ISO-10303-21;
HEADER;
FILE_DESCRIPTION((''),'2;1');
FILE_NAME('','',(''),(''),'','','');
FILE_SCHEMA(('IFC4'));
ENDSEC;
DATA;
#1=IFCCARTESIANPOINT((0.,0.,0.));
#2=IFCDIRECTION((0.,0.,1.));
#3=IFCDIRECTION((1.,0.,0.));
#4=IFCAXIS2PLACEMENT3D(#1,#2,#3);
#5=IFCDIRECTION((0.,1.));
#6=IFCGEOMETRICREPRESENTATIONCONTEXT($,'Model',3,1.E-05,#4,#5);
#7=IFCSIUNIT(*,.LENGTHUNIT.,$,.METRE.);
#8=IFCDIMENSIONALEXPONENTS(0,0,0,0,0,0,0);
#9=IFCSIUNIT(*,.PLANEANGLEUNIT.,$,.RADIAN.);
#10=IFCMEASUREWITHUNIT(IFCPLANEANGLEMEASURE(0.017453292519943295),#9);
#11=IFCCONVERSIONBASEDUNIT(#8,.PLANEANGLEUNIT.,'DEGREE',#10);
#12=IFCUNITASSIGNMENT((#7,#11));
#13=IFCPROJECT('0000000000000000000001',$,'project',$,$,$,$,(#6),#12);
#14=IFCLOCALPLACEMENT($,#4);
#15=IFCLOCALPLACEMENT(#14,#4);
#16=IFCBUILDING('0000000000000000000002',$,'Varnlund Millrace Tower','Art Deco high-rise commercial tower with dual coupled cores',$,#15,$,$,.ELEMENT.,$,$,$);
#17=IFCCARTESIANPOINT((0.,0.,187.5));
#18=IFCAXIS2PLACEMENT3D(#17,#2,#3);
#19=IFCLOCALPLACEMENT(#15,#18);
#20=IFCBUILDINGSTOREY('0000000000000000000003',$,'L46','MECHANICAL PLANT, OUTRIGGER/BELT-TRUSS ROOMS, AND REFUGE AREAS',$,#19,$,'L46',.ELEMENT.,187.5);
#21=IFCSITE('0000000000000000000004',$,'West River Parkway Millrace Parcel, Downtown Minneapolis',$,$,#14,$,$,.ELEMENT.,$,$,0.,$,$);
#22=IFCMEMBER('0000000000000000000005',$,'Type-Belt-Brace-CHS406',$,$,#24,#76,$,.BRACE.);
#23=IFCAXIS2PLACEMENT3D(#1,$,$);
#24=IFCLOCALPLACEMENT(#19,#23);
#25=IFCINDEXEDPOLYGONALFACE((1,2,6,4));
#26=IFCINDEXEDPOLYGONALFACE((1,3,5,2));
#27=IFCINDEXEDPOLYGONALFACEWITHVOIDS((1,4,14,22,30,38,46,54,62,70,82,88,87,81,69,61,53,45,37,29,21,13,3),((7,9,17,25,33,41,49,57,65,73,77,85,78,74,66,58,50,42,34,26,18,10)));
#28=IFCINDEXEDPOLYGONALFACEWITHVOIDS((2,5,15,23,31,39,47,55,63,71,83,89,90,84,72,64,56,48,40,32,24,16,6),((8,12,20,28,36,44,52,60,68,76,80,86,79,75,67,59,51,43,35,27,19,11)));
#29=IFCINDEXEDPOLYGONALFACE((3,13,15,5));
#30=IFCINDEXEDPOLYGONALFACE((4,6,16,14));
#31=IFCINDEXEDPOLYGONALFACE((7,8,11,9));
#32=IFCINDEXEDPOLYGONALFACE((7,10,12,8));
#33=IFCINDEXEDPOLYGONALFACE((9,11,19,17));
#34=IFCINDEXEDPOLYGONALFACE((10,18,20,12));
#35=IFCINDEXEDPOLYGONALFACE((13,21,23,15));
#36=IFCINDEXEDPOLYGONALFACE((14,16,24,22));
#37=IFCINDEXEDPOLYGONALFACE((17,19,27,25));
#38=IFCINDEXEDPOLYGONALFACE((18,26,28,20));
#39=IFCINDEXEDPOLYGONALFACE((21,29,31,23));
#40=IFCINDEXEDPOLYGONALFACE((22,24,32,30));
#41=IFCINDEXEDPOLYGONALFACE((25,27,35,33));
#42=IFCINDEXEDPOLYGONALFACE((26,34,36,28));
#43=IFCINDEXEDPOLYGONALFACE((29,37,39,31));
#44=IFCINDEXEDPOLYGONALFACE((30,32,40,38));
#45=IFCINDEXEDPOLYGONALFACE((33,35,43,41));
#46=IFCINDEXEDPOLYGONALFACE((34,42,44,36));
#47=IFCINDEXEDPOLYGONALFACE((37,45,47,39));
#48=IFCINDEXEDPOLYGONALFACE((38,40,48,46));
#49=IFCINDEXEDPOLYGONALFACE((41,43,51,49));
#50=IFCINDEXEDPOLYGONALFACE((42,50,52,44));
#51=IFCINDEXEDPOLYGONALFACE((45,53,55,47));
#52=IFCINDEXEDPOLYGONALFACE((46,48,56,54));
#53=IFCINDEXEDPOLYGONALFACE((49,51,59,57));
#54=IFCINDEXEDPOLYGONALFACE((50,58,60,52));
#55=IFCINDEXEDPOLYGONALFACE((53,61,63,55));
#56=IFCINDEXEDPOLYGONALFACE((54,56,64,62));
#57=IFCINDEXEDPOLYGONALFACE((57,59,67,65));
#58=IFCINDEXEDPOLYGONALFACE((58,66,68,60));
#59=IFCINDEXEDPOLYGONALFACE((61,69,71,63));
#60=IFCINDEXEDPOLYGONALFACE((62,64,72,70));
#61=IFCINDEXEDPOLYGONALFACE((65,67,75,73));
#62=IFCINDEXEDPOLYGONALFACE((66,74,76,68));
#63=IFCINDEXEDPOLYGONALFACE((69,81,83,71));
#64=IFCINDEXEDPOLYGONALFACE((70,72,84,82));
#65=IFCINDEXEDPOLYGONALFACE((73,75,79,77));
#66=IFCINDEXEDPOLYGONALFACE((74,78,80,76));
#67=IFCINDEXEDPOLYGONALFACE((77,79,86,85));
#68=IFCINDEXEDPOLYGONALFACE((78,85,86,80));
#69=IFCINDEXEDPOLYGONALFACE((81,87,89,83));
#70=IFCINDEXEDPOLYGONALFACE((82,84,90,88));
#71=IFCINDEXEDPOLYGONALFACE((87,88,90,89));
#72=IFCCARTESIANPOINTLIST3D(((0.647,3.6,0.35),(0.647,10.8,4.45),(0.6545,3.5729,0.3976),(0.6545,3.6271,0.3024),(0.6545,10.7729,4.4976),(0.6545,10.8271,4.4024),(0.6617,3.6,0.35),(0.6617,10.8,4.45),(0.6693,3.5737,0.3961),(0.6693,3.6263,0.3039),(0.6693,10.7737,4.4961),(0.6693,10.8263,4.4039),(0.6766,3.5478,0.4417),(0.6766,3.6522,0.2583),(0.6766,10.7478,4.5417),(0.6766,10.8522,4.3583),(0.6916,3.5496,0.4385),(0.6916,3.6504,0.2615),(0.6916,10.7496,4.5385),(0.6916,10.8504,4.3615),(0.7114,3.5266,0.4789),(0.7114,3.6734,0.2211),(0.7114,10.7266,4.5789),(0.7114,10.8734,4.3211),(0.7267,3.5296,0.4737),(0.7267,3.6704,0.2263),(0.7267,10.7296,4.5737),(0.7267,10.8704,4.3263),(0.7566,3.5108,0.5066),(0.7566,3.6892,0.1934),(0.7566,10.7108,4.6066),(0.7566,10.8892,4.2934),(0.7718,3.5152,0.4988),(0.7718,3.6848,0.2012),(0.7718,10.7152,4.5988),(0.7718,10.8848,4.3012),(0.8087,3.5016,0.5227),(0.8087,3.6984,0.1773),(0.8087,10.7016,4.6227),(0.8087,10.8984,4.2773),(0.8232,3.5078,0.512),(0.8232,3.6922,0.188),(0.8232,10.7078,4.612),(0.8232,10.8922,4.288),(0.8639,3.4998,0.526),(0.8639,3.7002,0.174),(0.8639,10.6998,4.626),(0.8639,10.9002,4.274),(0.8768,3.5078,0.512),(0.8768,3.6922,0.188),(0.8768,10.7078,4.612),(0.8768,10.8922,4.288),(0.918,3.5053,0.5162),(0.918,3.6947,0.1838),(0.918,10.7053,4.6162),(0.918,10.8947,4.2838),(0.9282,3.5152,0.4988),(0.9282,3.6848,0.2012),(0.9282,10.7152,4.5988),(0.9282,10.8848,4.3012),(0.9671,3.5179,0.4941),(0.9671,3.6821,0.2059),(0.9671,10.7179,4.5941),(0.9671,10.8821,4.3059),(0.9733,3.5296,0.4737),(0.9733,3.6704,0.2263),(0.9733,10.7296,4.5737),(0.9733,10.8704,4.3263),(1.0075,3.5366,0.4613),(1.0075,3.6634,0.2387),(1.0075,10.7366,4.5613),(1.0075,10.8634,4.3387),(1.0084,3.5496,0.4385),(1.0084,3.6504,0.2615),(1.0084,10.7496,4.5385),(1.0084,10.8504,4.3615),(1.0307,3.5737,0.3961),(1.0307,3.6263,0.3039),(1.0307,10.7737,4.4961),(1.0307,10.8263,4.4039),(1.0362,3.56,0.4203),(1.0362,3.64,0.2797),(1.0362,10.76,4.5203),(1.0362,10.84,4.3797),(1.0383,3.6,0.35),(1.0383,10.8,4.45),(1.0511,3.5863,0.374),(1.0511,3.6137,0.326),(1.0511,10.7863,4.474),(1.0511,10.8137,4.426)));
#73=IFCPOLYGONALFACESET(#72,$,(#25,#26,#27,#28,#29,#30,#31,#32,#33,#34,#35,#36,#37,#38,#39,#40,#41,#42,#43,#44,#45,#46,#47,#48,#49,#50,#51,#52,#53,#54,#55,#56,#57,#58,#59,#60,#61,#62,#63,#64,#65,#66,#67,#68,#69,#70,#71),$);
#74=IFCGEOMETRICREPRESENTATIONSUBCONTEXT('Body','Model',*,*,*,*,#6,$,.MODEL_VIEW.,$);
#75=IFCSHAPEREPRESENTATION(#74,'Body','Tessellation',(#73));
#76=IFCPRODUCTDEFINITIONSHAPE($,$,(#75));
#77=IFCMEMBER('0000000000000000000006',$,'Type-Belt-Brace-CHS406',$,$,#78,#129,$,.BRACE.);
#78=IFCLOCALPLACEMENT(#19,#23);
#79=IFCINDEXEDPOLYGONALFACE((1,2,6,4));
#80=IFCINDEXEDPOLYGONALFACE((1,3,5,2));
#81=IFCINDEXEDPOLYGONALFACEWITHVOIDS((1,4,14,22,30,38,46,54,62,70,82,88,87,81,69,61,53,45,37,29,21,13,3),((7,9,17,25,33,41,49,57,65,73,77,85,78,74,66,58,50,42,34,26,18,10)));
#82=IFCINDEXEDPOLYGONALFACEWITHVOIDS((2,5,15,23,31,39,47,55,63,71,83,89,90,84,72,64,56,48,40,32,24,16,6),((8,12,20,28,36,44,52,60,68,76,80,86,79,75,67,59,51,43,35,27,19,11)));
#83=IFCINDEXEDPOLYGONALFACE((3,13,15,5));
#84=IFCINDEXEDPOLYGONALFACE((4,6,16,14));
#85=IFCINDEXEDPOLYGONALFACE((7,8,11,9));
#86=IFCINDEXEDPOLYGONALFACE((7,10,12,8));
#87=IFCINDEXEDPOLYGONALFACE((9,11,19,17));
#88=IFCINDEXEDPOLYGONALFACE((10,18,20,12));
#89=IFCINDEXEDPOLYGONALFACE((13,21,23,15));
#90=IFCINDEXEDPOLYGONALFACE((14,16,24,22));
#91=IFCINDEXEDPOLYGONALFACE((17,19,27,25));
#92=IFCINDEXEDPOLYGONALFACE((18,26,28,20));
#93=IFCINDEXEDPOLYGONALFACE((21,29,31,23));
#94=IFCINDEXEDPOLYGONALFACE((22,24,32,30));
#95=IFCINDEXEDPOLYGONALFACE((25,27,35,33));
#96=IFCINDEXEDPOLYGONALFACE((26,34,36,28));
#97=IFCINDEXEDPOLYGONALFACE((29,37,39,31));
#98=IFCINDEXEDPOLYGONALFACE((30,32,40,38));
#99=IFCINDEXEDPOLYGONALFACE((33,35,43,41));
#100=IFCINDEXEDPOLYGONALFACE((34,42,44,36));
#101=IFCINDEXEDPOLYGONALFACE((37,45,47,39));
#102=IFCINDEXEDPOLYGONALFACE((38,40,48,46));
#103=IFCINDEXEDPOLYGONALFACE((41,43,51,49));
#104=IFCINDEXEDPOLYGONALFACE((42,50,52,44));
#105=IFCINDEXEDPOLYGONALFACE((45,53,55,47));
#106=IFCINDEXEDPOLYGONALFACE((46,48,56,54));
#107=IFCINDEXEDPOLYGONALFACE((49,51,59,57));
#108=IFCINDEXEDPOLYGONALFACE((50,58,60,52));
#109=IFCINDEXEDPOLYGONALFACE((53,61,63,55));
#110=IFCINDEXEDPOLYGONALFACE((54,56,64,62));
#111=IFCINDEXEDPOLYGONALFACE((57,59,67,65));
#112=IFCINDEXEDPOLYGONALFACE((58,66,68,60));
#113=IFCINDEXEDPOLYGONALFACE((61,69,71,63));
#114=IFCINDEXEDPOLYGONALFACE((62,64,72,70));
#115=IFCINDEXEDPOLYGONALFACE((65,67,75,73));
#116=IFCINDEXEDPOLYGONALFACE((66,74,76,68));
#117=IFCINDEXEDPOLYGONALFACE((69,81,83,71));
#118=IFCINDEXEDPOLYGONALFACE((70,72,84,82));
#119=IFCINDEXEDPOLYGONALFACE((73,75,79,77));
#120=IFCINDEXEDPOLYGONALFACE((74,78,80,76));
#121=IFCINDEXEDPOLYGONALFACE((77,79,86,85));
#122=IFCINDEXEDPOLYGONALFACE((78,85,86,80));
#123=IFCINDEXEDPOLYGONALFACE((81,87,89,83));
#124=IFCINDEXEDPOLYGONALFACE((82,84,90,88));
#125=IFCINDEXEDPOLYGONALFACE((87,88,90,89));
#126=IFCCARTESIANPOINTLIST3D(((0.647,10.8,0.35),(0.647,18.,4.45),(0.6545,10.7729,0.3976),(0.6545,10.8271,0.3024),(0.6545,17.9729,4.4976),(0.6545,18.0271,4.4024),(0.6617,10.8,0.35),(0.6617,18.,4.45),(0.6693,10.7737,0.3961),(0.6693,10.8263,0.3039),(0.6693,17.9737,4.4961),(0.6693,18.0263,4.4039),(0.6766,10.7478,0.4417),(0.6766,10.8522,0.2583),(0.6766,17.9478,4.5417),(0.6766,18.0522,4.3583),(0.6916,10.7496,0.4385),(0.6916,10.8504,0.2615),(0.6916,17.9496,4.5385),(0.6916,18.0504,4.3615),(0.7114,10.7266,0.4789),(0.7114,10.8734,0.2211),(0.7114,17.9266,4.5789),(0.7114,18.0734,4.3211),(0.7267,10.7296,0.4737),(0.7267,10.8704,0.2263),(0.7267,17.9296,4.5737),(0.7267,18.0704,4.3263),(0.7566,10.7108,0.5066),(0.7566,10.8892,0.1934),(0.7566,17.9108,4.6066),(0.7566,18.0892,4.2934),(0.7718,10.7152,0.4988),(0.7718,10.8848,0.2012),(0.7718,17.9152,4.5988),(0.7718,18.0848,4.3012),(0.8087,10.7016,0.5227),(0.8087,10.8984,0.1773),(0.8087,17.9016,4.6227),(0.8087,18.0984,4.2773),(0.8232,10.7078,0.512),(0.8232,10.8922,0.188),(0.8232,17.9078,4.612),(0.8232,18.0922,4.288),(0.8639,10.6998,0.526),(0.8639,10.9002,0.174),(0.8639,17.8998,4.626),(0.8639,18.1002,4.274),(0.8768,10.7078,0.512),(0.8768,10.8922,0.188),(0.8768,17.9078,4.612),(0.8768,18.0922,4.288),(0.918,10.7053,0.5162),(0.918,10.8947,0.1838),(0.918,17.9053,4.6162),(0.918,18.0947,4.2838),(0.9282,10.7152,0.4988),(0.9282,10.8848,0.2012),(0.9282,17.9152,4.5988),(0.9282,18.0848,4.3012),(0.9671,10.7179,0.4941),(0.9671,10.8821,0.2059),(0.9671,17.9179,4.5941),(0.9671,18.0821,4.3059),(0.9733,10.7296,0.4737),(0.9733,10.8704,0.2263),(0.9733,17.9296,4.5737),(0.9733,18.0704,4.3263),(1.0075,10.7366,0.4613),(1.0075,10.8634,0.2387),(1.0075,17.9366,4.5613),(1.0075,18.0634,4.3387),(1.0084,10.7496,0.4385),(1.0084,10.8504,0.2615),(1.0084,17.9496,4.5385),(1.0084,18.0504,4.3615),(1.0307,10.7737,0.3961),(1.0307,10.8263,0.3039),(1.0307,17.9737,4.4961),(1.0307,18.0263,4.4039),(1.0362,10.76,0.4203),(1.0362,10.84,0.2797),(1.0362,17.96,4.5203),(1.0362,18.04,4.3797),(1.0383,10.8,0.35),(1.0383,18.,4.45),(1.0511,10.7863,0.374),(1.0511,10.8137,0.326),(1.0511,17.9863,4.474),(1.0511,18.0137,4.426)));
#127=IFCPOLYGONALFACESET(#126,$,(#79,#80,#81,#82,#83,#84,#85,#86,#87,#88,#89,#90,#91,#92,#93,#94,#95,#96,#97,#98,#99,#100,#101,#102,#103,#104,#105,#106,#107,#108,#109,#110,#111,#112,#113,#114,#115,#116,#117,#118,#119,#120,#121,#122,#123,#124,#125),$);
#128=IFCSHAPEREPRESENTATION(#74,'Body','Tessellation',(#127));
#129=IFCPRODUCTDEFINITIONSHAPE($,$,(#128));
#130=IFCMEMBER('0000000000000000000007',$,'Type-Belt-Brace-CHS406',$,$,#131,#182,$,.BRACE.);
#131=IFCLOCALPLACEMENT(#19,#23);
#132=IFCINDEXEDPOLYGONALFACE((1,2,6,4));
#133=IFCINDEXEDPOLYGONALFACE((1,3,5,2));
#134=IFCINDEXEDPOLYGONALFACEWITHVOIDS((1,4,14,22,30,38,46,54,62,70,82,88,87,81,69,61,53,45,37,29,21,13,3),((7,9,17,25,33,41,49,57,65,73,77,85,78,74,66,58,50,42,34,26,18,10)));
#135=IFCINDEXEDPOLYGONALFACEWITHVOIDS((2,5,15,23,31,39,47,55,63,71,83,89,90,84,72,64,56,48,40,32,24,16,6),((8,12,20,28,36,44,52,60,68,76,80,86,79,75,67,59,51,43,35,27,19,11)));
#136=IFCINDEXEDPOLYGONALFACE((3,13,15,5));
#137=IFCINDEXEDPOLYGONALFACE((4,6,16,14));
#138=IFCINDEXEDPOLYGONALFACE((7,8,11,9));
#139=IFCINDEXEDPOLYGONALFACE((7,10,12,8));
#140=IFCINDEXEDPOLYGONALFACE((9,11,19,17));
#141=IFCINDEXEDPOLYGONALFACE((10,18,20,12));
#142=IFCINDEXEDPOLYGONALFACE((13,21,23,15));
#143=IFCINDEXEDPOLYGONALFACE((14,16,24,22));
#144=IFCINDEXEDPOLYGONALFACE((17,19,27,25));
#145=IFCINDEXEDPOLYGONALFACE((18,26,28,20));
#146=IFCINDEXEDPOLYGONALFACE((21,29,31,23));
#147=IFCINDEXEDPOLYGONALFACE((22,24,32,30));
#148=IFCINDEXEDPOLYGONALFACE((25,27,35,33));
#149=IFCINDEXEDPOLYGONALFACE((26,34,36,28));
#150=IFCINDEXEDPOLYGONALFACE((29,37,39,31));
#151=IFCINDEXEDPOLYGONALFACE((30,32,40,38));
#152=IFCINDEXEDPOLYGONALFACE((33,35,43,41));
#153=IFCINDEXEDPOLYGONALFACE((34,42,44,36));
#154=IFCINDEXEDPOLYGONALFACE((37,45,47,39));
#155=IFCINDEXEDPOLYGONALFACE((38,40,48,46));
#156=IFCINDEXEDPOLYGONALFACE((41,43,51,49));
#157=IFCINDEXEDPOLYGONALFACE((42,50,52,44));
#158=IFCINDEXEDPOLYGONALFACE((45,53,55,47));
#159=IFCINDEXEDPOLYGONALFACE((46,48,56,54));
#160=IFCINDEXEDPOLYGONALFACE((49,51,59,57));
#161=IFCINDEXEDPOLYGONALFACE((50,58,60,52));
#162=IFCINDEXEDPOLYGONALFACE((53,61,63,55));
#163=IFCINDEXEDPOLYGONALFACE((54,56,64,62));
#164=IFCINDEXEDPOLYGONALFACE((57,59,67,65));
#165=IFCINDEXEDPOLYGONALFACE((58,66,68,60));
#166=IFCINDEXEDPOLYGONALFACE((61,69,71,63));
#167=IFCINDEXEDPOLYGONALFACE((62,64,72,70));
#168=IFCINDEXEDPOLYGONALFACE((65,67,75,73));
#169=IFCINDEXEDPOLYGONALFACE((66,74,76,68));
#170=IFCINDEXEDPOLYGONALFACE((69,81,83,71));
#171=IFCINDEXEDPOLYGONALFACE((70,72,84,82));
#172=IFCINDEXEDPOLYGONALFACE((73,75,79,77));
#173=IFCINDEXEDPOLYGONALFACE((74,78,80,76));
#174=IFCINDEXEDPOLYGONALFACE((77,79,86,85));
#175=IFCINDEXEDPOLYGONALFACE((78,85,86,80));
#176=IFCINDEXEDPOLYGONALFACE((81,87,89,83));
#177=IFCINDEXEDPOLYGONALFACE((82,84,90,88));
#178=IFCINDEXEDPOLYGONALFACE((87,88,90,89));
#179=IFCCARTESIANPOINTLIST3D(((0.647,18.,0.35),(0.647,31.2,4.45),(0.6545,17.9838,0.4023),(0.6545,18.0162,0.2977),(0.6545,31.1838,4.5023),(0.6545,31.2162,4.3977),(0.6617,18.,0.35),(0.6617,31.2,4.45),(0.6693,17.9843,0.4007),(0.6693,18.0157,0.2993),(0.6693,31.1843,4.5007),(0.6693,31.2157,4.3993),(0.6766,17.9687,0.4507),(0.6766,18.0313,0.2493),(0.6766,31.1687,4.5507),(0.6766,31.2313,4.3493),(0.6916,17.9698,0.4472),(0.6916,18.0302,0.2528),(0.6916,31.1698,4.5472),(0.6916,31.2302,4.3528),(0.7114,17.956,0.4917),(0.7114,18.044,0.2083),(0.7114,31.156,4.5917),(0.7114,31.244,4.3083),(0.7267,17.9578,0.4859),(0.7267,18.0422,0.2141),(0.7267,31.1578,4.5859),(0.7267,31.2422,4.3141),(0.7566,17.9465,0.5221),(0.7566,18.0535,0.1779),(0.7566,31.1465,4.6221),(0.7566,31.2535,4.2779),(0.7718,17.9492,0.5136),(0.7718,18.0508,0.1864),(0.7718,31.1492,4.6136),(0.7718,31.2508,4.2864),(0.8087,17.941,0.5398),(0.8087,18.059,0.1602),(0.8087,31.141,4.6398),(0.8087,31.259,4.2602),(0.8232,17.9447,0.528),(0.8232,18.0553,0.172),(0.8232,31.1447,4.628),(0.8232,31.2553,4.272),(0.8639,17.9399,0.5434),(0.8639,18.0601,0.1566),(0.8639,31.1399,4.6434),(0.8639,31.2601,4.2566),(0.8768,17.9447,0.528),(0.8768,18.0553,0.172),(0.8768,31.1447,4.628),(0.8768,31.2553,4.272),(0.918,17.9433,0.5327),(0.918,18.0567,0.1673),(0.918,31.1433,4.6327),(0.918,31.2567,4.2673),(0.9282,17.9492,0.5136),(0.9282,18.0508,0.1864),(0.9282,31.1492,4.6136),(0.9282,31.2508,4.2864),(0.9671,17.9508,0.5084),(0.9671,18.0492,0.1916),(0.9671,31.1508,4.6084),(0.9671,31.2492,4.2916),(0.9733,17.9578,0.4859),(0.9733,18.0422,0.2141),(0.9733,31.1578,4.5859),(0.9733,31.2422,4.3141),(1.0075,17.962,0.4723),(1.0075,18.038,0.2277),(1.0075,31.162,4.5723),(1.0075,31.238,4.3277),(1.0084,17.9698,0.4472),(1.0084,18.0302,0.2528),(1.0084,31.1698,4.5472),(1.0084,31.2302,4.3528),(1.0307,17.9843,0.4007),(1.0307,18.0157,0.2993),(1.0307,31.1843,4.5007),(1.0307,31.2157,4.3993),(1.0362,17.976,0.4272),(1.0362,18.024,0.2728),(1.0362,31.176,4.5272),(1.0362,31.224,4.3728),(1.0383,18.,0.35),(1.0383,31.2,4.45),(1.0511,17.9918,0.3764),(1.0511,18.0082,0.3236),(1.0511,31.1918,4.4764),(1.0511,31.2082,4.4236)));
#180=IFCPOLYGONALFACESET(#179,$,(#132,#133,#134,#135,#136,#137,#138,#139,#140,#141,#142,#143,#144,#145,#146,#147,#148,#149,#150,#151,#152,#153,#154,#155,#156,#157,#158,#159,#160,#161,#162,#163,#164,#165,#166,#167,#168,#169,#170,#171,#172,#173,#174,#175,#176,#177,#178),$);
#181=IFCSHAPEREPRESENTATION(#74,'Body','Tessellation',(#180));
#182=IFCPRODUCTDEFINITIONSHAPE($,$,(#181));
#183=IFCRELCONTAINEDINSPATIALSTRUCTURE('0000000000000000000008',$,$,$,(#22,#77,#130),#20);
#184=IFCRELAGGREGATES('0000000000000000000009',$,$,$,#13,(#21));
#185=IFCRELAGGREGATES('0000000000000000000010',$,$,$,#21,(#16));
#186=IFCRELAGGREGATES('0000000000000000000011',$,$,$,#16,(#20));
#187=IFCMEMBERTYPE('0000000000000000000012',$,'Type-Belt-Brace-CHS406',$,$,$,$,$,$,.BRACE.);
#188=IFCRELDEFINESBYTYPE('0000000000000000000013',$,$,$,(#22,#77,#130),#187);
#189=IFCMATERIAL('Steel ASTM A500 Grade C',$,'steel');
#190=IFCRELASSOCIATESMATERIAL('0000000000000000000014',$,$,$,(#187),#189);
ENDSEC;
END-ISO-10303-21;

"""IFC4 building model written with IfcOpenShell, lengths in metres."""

from ifc_helpers import new_model, entity, si_unit, converted_unit, direction, frame, origin_with_axes, origin_2d_with_axis, place, context, subcontext, project, spatial, hollow_circle, extrude, material, material_profile, profile_set, type_object, element, save


model = new_model("IFC4")

# Units and contexts
model_context = context("Model", 3, precision=1e-05, world=origin_with_axes(), true_north=direction((0.0, 1.0)))
body_context = subcontext(model_context, "Body", "Model", "MODEL_VIEW")
ifc_project = project(units=[si_unit("LENGTHUNIT", "METRE"), converted_unit("PLANEANGLEUNIT", "DEGREE", entity("IfcPlaneAngleMeasure", 0.017453292519943295), si_unit("PLANEANGLEUNIT", "RADIAN"), dimensions=[0, 0, 0, 0, 0, 0, 0])], contexts=[model_context])

# Site, building, storey
site_placement = place(None, origin_with_axes())
site = spatial("IfcSite", under=ifc_project, at=site_placement, Name="West River Parkway Millrace Parcel, Downtown Minneapolis", CompositionType="ELEMENT", RefElevation=0.0)
building_placement = place(site_placement, origin_with_axes())
building = spatial("IfcBuilding", under=site, at=building_placement, Name="Varnlund Millrace Tower", Description="Art Deco high-rise commercial tower with dual coupled cores", CompositionType="ELEMENT")
storey_placement = place(building_placement, frame((0.0, 0.0, 187.5), z_axis=(0.0, 0.0, 1.0), x_axis=(1.0, 0.0, 0.0)))
storey = spatial("IfcBuildingStorey", under=building, at=storey_placement, Name="L46", Description="MECHANICAL PLANT, OUTRIGGER/BELT-TRUSS ROOMS, AND REFUGE AREAS", LongName="L46", CompositionType="ELEMENT", Elevation=187.5)

# Members
ifc_material_1 = material(Name="Steel ASTM A500 Grade C", Category="steel")
ifc_material_profile_1 = material_profile(ifc_material_1, hollow_circle(Radius=0.203, WallThickness=0.0147, at=origin_2d_with_axis()), Name="Steel ASTM A500 Grade C")
ifc_profile_set_1 = profile_set([ifc_material_profile_1], Name="Steel ASTM A500 Grade C")
member_type_1 = type_object("IfcMemberType", Name="Type-Belt-Brace-CHS406", PredefinedType="BRACE", material=ifc_profile_set_1)
for number, where, z_axis, x_axis, name in (
    (1, (0.85, 3.6, 0.35), (0.0, 0.868985, 0.494839), (-1.0, 0.0, 0.0), "Type-Belt-Brace-CHS406"),
    (2, (0.85, 10.8, 0.35), (0.0, 0.868985, 0.494839), (-1.0, 0.0, 0.0), "Type-Belt-Brace-CHS406"),
):
    element("IfcMember", number, at=place(storey_placement, frame(where, z_axis=z_axis, x_axis=x_axis)), inside=storey, type_object=member_type_1, Name=name, PredefinedType="BRACE", context=body_context, shape_type="SweptSolid", body=[
        extrude(hollow_circle(Radius=0.203, WallThickness=0.0147, at=origin_2d_with_axis()), origin_with_axes(), (0.0, 0.0, 1.0), 8.2855),
    ])
member_placement = place(storey_placement, frame((0.85, 18.0, 0.35), z_axis=(0.0, 0.954993, 0.296627), x_axis=(-1.0, 0.0, 0.0)))
element("IfcMember", 3, at=member_placement, inside=storey, type_object=member_type_1, Name="Type-Belt-Brace-CHS406", PredefinedType="BRACE", context=body_context, shape_type="SweptSolid", body=[
    extrude(hollow_circle(Radius=0.203, WallThickness=0.0147, at=origin_2d_with_axis()), origin_with_axes(), (0.0, 0.0, 1.0), 13.8221),
])

save(model, "model.ifc")
